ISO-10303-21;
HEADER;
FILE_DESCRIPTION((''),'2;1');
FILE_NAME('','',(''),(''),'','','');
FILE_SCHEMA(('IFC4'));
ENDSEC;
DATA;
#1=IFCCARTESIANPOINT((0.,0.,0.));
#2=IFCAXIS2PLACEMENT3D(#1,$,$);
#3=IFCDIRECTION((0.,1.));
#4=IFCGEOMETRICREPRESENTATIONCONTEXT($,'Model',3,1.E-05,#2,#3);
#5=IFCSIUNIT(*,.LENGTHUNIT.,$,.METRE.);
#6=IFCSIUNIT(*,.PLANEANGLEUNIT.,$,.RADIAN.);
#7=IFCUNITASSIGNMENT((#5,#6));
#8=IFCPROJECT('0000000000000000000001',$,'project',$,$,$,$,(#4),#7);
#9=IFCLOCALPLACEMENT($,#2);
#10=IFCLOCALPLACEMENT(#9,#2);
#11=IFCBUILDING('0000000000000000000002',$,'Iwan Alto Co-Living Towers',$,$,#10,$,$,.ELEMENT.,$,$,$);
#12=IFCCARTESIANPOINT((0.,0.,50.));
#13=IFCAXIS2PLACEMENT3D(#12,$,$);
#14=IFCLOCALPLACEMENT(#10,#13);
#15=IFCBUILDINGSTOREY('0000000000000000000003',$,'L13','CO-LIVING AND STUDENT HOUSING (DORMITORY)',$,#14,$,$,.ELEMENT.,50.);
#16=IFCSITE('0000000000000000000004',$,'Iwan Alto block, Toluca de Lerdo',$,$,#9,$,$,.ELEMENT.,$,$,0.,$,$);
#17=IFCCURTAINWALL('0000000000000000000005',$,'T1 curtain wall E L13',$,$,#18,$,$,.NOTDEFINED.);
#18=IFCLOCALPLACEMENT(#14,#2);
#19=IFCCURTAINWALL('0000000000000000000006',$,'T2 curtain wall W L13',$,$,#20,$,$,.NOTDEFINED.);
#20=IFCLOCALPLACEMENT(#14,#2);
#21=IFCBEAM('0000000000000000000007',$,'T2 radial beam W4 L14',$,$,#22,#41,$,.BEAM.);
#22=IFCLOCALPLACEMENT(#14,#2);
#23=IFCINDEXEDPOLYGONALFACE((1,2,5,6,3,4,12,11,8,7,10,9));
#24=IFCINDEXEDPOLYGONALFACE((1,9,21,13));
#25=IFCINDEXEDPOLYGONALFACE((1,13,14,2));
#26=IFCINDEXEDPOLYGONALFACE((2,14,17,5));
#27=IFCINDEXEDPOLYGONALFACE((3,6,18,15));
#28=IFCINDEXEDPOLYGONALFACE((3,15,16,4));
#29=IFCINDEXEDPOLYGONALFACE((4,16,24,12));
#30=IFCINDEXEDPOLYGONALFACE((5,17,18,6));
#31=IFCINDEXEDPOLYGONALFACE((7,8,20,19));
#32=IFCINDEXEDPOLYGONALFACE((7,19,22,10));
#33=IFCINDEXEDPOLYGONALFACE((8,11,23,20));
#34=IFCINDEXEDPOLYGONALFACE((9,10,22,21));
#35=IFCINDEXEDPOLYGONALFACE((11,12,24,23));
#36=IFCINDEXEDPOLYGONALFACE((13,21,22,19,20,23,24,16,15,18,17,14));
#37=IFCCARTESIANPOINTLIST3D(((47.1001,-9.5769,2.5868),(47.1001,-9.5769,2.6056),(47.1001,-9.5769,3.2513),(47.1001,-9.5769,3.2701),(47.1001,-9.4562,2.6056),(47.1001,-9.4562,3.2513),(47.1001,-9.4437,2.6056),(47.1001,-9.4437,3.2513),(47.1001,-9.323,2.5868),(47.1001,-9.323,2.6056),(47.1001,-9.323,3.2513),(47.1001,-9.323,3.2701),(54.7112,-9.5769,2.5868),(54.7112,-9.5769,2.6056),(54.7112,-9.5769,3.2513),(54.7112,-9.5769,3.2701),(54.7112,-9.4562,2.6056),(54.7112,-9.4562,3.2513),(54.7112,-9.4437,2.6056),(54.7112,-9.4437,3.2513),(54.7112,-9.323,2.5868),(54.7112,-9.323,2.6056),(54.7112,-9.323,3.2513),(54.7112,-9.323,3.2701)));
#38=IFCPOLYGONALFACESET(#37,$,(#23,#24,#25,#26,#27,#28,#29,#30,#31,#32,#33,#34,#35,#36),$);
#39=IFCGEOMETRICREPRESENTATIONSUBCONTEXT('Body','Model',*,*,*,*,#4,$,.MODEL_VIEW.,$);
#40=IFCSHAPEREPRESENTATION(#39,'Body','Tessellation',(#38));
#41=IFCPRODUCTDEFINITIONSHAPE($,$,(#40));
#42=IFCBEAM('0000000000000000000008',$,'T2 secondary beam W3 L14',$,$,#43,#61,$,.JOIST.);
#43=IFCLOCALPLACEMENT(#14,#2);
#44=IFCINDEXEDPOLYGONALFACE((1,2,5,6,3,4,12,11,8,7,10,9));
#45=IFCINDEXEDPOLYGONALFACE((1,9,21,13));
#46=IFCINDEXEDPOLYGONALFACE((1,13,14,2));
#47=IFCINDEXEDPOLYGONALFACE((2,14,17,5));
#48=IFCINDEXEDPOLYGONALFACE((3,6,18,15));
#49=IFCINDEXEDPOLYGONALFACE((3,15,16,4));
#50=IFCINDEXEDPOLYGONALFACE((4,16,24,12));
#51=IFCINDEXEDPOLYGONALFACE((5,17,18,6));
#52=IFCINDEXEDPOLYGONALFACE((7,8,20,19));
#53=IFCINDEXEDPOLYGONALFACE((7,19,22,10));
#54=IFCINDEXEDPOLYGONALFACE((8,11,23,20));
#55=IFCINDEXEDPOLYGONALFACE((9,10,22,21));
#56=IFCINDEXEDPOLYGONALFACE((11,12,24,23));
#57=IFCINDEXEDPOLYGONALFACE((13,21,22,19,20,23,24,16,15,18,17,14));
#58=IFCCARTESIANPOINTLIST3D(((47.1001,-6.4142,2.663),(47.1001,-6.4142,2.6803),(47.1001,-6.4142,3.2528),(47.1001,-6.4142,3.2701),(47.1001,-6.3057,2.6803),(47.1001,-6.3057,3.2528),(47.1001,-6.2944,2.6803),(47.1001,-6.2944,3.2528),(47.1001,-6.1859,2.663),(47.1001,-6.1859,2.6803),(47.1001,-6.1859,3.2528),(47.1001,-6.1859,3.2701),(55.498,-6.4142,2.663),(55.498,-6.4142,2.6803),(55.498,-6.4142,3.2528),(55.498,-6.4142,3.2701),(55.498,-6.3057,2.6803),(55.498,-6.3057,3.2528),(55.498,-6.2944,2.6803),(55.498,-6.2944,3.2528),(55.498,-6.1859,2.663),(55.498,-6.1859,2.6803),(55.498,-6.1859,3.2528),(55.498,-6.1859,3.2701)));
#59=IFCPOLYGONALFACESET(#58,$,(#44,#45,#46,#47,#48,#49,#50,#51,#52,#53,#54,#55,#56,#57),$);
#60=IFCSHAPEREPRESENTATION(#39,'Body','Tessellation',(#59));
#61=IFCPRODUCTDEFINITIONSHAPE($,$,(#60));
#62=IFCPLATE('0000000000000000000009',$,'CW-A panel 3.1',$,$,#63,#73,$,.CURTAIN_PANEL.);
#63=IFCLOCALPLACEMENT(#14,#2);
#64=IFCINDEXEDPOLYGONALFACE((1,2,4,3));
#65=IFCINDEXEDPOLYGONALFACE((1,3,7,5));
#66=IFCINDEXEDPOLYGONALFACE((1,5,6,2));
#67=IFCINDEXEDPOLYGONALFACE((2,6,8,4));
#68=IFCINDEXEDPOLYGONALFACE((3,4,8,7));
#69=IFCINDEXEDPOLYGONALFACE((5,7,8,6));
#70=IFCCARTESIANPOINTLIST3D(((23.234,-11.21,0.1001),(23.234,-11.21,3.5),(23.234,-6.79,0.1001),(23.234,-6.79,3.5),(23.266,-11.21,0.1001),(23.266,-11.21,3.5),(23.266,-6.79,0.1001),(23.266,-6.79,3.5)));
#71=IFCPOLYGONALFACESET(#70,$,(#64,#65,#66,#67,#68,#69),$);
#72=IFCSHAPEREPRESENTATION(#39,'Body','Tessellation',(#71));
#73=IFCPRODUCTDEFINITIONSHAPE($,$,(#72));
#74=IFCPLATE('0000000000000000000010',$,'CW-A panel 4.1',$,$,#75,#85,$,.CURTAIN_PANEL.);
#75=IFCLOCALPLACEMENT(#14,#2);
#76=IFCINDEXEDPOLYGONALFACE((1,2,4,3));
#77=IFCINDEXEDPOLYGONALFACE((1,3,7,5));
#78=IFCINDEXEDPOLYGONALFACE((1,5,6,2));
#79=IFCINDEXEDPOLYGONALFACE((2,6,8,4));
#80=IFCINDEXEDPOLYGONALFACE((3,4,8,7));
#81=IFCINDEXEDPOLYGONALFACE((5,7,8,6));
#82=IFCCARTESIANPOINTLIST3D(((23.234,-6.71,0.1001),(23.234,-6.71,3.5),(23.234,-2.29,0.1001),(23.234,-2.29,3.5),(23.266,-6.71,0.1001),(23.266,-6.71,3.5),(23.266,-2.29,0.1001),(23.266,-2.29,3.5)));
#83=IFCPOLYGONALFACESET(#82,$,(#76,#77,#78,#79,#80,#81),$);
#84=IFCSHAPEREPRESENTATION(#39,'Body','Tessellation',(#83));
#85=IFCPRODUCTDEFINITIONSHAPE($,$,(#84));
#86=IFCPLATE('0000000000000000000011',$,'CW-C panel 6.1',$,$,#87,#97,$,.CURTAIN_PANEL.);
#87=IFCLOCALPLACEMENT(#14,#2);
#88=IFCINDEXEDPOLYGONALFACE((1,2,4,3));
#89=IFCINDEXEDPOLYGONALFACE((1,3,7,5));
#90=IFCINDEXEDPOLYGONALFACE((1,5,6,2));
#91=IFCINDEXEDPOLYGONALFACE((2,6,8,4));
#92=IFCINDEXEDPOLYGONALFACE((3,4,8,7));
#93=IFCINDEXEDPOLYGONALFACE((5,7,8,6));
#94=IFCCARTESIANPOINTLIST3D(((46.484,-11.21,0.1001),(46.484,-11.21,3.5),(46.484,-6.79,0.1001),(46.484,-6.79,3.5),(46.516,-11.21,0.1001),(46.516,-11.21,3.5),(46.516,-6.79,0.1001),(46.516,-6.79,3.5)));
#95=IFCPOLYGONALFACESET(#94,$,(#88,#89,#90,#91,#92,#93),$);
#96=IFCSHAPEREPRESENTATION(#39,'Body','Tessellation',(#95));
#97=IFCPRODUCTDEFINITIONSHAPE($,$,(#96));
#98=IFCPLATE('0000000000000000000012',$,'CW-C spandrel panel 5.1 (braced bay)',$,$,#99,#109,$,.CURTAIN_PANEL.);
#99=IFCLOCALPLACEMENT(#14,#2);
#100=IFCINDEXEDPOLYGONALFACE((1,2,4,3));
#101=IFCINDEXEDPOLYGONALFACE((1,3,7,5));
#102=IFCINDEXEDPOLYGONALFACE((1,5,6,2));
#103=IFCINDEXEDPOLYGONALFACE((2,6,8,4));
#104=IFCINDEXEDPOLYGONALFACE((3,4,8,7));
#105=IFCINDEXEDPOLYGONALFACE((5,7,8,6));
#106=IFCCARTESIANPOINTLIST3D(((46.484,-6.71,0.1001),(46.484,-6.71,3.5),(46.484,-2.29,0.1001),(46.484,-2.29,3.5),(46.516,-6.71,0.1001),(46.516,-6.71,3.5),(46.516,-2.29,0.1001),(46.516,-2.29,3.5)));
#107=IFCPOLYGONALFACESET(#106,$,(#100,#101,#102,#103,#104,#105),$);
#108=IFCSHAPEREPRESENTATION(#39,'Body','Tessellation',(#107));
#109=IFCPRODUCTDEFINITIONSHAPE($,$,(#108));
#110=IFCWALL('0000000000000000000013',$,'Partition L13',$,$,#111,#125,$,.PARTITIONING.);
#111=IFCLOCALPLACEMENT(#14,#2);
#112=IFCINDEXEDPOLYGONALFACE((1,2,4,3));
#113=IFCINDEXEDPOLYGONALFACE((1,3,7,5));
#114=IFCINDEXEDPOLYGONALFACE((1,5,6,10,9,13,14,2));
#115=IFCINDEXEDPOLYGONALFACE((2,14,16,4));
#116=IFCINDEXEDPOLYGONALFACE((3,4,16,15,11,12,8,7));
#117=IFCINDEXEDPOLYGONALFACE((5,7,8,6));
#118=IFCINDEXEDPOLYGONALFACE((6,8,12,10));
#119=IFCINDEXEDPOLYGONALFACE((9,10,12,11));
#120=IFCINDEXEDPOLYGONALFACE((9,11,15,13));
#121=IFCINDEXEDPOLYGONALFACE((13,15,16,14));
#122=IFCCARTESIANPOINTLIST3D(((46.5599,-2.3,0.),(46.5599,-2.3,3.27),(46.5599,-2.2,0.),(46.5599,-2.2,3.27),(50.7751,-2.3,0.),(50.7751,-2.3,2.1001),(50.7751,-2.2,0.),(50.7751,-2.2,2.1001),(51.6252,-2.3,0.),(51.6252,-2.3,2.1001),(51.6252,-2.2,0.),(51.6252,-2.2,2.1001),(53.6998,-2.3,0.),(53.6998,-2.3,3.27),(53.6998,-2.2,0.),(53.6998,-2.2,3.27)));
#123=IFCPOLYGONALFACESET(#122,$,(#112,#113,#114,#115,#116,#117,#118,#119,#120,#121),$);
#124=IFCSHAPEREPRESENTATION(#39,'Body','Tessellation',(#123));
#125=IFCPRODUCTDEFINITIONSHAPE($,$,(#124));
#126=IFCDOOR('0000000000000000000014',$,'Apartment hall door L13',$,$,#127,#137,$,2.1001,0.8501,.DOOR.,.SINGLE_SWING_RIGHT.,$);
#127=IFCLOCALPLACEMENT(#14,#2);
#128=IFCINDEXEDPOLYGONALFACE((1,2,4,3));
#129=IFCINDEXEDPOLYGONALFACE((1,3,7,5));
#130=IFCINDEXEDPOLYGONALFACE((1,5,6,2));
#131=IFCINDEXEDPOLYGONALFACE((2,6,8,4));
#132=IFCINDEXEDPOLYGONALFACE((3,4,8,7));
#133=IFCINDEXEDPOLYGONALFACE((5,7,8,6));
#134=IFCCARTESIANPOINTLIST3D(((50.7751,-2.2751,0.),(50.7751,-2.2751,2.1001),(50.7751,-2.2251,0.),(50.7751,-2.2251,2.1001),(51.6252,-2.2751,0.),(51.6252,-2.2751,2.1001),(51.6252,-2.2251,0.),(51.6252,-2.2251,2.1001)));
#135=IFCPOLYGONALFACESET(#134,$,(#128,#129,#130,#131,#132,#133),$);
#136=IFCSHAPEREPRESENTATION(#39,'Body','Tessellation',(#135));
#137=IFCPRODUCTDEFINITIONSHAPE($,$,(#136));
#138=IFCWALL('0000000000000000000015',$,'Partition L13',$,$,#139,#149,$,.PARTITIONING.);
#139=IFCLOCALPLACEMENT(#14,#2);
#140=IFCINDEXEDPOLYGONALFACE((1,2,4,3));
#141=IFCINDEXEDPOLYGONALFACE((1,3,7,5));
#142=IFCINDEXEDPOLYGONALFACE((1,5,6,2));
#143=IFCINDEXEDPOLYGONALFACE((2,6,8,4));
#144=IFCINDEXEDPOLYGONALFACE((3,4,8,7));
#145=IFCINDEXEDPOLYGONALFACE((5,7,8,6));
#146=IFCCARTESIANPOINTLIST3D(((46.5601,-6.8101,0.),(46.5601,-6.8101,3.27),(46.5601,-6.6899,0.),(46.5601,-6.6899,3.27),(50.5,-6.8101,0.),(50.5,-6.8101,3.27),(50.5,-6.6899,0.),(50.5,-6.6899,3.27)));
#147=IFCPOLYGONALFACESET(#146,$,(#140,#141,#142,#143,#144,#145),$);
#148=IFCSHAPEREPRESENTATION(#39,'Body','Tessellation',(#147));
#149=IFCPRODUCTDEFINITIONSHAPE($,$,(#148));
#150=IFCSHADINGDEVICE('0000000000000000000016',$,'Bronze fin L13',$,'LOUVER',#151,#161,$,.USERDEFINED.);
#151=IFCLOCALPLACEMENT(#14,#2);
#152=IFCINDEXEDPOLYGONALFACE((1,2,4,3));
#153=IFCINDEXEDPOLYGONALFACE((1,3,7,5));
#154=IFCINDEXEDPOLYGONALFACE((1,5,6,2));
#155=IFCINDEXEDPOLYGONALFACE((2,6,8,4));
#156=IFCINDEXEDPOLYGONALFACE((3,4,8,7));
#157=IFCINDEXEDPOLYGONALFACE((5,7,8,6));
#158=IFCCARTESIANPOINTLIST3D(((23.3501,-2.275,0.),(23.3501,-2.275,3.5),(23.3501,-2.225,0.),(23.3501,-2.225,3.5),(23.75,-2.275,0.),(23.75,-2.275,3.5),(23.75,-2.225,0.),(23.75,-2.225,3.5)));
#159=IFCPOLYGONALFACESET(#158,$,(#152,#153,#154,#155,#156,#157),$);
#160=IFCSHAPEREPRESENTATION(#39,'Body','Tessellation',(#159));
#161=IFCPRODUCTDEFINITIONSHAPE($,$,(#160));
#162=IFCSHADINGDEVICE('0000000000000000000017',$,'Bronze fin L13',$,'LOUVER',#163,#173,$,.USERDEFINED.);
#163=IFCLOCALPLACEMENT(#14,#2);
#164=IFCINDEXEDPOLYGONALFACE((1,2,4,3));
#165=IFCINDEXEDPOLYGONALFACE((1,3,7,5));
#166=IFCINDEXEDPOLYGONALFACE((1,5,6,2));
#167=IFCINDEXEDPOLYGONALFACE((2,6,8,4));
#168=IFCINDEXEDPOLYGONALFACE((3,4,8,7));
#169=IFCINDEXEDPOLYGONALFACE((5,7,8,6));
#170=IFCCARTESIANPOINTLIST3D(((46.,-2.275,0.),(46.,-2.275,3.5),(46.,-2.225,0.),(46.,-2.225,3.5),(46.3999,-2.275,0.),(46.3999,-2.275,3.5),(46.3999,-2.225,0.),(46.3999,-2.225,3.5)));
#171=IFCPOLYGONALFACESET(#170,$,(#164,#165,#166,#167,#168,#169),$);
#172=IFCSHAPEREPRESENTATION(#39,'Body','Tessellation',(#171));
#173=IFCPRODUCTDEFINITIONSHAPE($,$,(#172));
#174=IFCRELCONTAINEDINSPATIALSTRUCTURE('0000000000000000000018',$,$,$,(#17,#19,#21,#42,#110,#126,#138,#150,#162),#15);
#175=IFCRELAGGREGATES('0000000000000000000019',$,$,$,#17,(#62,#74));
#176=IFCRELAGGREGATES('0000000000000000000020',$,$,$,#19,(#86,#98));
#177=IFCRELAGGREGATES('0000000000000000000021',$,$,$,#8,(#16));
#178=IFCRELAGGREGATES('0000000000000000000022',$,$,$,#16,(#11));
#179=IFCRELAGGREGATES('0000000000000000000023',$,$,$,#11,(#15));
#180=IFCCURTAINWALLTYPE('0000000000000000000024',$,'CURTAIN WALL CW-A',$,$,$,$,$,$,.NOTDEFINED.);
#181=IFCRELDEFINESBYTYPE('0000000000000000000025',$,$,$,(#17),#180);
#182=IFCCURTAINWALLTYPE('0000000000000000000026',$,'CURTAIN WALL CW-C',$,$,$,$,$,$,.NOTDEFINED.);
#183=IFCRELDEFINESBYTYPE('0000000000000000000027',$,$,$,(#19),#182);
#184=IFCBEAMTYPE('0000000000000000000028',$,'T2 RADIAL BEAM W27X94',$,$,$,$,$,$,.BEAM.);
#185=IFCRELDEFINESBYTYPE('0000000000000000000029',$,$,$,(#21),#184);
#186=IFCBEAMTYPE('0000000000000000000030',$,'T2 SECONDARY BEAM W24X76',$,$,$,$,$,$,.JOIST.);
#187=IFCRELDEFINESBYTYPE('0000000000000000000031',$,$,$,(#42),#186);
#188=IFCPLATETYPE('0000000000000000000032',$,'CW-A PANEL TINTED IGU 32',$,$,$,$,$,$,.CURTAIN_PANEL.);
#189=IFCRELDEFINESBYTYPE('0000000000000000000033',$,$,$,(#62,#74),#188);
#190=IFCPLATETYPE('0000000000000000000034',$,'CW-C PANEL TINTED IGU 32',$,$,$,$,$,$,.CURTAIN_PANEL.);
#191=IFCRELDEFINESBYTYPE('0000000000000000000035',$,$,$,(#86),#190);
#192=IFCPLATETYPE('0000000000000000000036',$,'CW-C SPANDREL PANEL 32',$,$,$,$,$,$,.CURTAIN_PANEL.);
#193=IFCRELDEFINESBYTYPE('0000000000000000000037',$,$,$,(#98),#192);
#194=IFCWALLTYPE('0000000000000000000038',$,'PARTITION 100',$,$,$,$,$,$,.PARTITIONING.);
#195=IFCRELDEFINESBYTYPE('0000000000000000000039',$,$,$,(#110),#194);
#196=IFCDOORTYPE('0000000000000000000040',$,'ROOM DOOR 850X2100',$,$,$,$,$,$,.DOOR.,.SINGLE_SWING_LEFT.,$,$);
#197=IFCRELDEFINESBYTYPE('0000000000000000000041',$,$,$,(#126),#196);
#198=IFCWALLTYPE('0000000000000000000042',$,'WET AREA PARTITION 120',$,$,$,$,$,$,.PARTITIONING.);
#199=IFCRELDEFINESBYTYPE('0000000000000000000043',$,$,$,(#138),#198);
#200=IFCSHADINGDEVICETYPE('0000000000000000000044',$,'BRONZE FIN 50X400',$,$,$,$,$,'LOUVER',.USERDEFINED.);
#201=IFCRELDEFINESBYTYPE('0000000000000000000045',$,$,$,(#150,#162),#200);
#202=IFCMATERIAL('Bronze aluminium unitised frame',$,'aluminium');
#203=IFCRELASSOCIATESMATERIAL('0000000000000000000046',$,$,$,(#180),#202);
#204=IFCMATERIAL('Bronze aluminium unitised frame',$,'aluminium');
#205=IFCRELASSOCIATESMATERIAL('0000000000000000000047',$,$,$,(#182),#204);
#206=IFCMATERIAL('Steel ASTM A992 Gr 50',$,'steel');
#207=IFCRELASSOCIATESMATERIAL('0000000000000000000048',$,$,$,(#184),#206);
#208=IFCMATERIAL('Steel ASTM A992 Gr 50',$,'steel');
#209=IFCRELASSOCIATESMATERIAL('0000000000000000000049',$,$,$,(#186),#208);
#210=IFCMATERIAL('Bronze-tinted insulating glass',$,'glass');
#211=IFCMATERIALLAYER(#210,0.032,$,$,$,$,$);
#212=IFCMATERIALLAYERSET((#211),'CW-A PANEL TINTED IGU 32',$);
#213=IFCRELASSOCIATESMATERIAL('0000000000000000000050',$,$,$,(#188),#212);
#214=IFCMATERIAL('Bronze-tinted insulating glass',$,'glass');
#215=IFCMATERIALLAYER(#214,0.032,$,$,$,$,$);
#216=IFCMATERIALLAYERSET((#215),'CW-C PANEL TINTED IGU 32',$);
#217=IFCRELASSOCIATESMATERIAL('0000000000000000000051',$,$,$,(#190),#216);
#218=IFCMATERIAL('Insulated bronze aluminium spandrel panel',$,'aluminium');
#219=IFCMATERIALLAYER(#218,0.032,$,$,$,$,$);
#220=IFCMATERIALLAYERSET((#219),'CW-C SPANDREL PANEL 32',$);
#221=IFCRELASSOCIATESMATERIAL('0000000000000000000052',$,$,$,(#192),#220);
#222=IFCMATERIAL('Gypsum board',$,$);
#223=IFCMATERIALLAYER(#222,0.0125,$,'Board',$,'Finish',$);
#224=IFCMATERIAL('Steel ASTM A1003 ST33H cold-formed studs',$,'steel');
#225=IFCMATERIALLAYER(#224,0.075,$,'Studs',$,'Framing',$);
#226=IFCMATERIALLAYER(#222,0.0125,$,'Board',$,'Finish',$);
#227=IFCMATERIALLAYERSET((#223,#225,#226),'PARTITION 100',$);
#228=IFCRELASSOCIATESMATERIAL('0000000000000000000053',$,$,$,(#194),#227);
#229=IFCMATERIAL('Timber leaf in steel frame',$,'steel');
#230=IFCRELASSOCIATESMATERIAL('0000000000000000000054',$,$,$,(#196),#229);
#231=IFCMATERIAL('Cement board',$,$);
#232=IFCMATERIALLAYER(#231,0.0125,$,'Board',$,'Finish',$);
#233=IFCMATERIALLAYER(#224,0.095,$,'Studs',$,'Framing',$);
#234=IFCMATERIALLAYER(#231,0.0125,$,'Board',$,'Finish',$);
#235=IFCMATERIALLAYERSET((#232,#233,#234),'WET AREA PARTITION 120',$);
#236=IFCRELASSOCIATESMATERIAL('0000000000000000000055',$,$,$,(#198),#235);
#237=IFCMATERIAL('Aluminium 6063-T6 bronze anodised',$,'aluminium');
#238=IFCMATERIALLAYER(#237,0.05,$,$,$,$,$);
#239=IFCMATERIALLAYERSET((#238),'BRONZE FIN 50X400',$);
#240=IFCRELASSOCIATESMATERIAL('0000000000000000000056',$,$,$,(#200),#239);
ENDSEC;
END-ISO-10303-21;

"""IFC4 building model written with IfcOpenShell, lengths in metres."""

from ifc_helpers import new_model, si_unit, direction, frame, frame_2d, origin, origin_2d, place, context, subcontext, project, spatial, rectangle, i_section, extrude, material, layer, layer_set, material_profile, profile_set, type_object, element, fill, aggregate, save


model = new_model("IFC4")

# Units and contexts
model_context = context("Model", 3, precision=1e-05, world=origin(), true_north=direction((0.0, 1.0)))
body_context = subcontext(model_context, "Body", "Model", "MODEL_VIEW")
ifc_project = project(units=[si_unit("LENGTHUNIT", "METRE"), si_unit("PLANEANGLEUNIT", "RADIAN")], contexts=[model_context])

# Site, building, storey
site_placement = place(None, origin())
site = spatial("IfcSite", under=ifc_project, at=site_placement, Name="Iwan Alto block, Toluca de Lerdo", CompositionType="ELEMENT", RefElevation=0.0)
building_placement = place(site_placement, origin())
building = spatial("IfcBuilding", under=site, at=building_placement, Name="Iwan Alto Co-Living Towers", CompositionType="ELEMENT")
storey_placement = place(building_placement, frame((0.0, 0.0, 50.0)))
storey = spatial("IfcBuildingStorey", under=building, at=storey_placement, Name="L13", Description="CO-LIVING AND STUDENT HOUSING (DORMITORY)", CompositionType="ELEMENT", Elevation=50.0)

# Curtain walls
ifc_material_1 = material(Name="Bronze aluminium unitised frame", Category="aluminium")
curtain_wall_type_1 = type_object("IfcCurtainWallType", Name="CURTAIN WALL CW-A", PredefinedType="NOTDEFINED", material=ifc_material_1)
curtain_wall_1_placement = place(storey_placement, origin())
curtain_wall_1 = element("IfcCurtainWall", 1, at=curtain_wall_1_placement, inside=storey, type_object=curtain_wall_type_1, Name="T1 curtain wall E L13", PredefinedType="NOTDEFINED")
ifc_material_2 = material(Name="Bronze aluminium unitised frame", Category="aluminium")
curtain_wall_type_2 = type_object("IfcCurtainWallType", Name="CURTAIN WALL CW-C", PredefinedType="NOTDEFINED", material=ifc_material_2)
curtain_wall_2_placement = place(storey_placement, origin())
curtain_wall_2 = element("IfcCurtainWall", 2, at=curtain_wall_2_placement, inside=storey, type_object=curtain_wall_type_2, Name="T2 curtain wall W L13", PredefinedType="NOTDEFINED")

# Beams
ifc_material_3 = material(Name="Steel ASTM A992 Gr 50", Category="steel")
ifc_material_profile_1 = material_profile(ifc_material_3, i_section(OverallWidth=0.2539, OverallDepth=0.6833, WebThickness=0.0125, FlangeThickness=0.0188, at=origin_2d()), Name="W27X94")
ifc_profile_set_1 = profile_set([ifc_material_profile_1], Name="Steel ASTM A992 Gr 50")
beam_type_1 = type_object("IfcBeamType", Name="T2 RADIAL BEAM W27X94", PredefinedType="BEAM", material=ifc_profile_set_1)
beam_1_placement = place(storey_placement, frame((47.1001, -9.45, 2.9285), z_axis=(1.0, 0.0, 0.0), x_axis=(0.0, 1.0, 0.0)))
element("IfcBeam", 3, at=beam_1_placement, inside=storey, type_object=beam_type_1, Name="T2 radial beam W4 L14", PredefinedType="BEAM", context=body_context, shape_type="SweptSolid", body=[
    extrude(i_section(OverallWidth=0.2539, OverallDepth=0.6833, WebThickness=0.0125, FlangeThickness=0.0188, at=origin_2d()), origin(), (0.0, 0.0, 1.0), 7.6111),
])
ifc_material_4 = material(Name="Steel ASTM A992 Gr 50", Category="steel")
ifc_material_profile_2 = material_profile(ifc_material_4, i_section(OverallWidth=0.2283, OverallDepth=0.6072, WebThickness=0.0112, FlangeThickness=0.0173, at=origin_2d()), Name="W24X76")
ifc_profile_set_2 = profile_set([ifc_material_profile_2], Name="Steel ASTM A992 Gr 50")
beam_type_2 = type_object("IfcBeamType", Name="T2 SECONDARY BEAM W24X76", PredefinedType="JOIST", material=ifc_profile_set_2)
beam_2_placement = place(storey_placement, frame((47.1001, -6.3, 2.9666), z_axis=(1.0, 0.0, 0.0), x_axis=(0.0, 1.0, 0.0)))
element("IfcBeam", 4, at=beam_2_placement, inside=storey, type_object=beam_type_2, Name="T2 secondary beam W3 L14", PredefinedType="JOIST", context=body_context, shape_type="SweptSolid", body=[
    extrude(i_section(OverallWidth=0.2283, OverallDepth=0.6072, WebThickness=0.0112, FlangeThickness=0.0173, at=origin_2d()), origin(), (0.0, 0.0, 1.0), 8.3979),
])

# Plates
ifc_material_5 = material(Name="Bronze-tinted insulating glass", Category="glass")
ifc_layer_1 = layer(ifc_material_5, 0.032)
ifc_layer_set_1 = layer_set([ifc_layer_1], Name="CW-A PANEL TINTED IGU 32")
plate_type_1 = type_object("IfcPlateType", Name="CW-A PANEL TINTED IGU 32", PredefinedType="CURTAIN_PANEL", material=ifc_layer_set_1)
plate_1_placement = place(storey_placement, frame((23.25, -9.0, 0.1001), z_axis=(0.0, 0.0, 1.0), x_axis=(0.0, 1.0, 0.0)))
plate_1 = element("IfcPlate", 5, at=plate_1_placement, type_object=plate_type_1, Name="CW-A panel 3.1", PredefinedType="CURTAIN_PANEL", context=body_context, shape_type="SweptSolid", body=[
    extrude(rectangle(XDim=4.4199, YDim=0.032, at=origin_2d()), origin(), (0.0, 0.0, 1.0), 3.3999),
])
plate_2_placement = place(storey_placement, frame((23.25, -4.5, 0.1001), z_axis=(0.0, 0.0, 1.0), x_axis=(0.0, 1.0, 0.0)))
plate_2 = element("IfcPlate", 6, at=plate_2_placement, type_object=plate_type_1, Name="CW-A panel 4.1", PredefinedType="CURTAIN_PANEL", context=body_context, shape_type="SweptSolid", body=[
    extrude(rectangle(XDim=4.4199, YDim=0.032, at=origin_2d()), origin(), (0.0, 0.0, 1.0), 3.3999),
])
aggregate(curtain_wall_1, [plate_1, plate_2])
ifc_material_6 = material(Name="Bronze-tinted insulating glass", Category="glass")
ifc_layer_2 = layer(ifc_material_6, 0.032)
ifc_layer_set_2 = layer_set([ifc_layer_2], Name="CW-C PANEL TINTED IGU 32")
plate_type_2 = type_object("IfcPlateType", Name="CW-C PANEL TINTED IGU 32", PredefinedType="CURTAIN_PANEL", material=ifc_layer_set_2)
plate_3_placement = place(storey_placement, frame((46.5, -9.0, 0.1001), z_axis=(0.0, 0.0, 1.0), x_axis=(0.0, -1.0, 0.0)))
plate_3 = element("IfcPlate", 7, at=plate_3_placement, type_object=plate_type_2, Name="CW-C panel 6.1", PredefinedType="CURTAIN_PANEL", context=body_context, shape_type="SweptSolid", body=[
    extrude(rectangle(XDim=4.4199, YDim=0.032, at=origin_2d()), origin(), (0.0, 0.0, 1.0), 3.3999),
])
ifc_material_7 = material(Name="Insulated bronze aluminium spandrel panel", Category="aluminium")
ifc_layer_3 = layer(ifc_material_7, 0.032)
ifc_layer_set_3 = layer_set([ifc_layer_3], Name="CW-C SPANDREL PANEL 32")
plate_type_3 = type_object("IfcPlateType", Name="CW-C SPANDREL PANEL 32", PredefinedType="CURTAIN_PANEL", material=ifc_layer_set_3)
plate_4_placement = place(storey_placement, frame((46.5, -4.5, 0.1001), z_axis=(0.0, 0.0, 1.0), x_axis=(0.0, -1.0, 0.0)))
plate_4 = element("IfcPlate", 8, at=plate_4_placement, type_object=plate_type_3, Name="CW-C spandrel panel 5.1 (braced bay)", PredefinedType="CURTAIN_PANEL", context=body_context, shape_type="SweptSolid", body=[
    extrude(rectangle(XDim=4.4199, YDim=0.032, at=origin_2d()), origin(), (0.0, 0.0, 1.0), 3.3999),
])
aggregate(curtain_wall_2, [plate_3, plate_4])

# Wall, opening, door
ifc_material_8 = material(Name="Gypsum board")
ifc_layer_4 = layer(ifc_material_8, 0.0125, Name="Board", Category="Finish")
ifc_material_9 = material(Name="Steel ASTM A1003 ST33H cold-formed studs", Category="steel")
ifc_layer_5 = layer(ifc_material_9, 0.075, Name="Studs", Category="Framing")
ifc_layer_6 = layer(ifc_material_8, 0.0125, Name="Board", Category="Finish")
ifc_layer_set_4 = layer_set([ifc_layer_4, ifc_layer_5, ifc_layer_6], Name="PARTITION 100")
wall_type_1 = type_object("IfcWallType", Name="PARTITION 100", PredefinedType="PARTITIONING", material=ifc_layer_set_4)
wall_1_placement = place(storey_placement, frame((46.5601, -2.25, 0.0), z_axis=(0.0, 0.0, 1.0), x_axis=(1.0, 0.0, 0.0)))
wall_1 = element("IfcWall", 9, at=wall_1_placement, inside=storey, type_object=wall_type_1, Name="Partition L13", PredefinedType="PARTITIONING", context=body_context, shape_type="SweptSolid", body=[
    extrude(rectangle(XDim=7.1399, YDim=0.1001, at=frame_2d((3.5698, 0.0))), origin(), (0.0, 0.0, 1.0), 3.27),
])
opening_placement = place(wall_1_placement, frame((4.2151, 0.0, 0.0)))
opening = element("IfcOpeningElement", 10, at=opening_placement, cuts=wall_1, PredefinedType="OPENING", context=body_context, shape_type="SweptSolid", body=[
    extrude(rectangle(XDim=0.8501, YDim=2.1001, at=frame_2d((0.425, 1.05))), frame((0.0, 0.0601, 0.0), z_axis=(0.0, -1.0, 0.0), x_axis=(1.0, 0.0, 0.0)), (0.0, 0.0, 1.0), 0.1201),
])
ifc_material_10 = material(Name="Timber leaf in steel frame", Category="steel")
door_type = type_object("IfcDoorType", Name="ROOM DOOR 850X2100", OperationType="SINGLE_SWING_LEFT", PredefinedType="DOOR", material=ifc_material_10)
door_placement = place(opening_placement, origin())
door = element("IfcDoor", 11, at=door_placement, inside=storey, type_object=door_type, Name="Apartment hall door L13", OperationType="SINGLE_SWING_RIGHT", OverallHeight=2.1001, OverallWidth=0.8501, PredefinedType="DOOR", context=body_context, shape_type="SweptSolid", body=[
    extrude(rectangle(XDim=0.8501, YDim=2.1001, at=frame_2d((0.425, 1.05))), frame((0.0, 0.0249, 0.0), z_axis=(0.0, -1.0, 0.0), x_axis=(1.0, 0.0, 0.0)), (0.0, 0.0, 1.0), 0.05),
])
fill(opening, door)

# Wall
ifc_material_11 = material(Name="Cement board")
ifc_layer_7 = layer(ifc_material_11, 0.0125, Name="Board", Category="Finish")
ifc_layer_8 = layer(ifc_material_9, 0.095, Name="Studs", Category="Framing")
ifc_layer_9 = layer(ifc_material_11, 0.0125, Name="Board", Category="Finish")
ifc_layer_set_5 = layer_set([ifc_layer_7, ifc_layer_8, ifc_layer_9], Name="WET AREA PARTITION 120")
wall_type_2 = type_object("IfcWallType", Name="WET AREA PARTITION 120", PredefinedType="PARTITIONING", material=ifc_layer_set_5)
wall_2_placement = place(storey_placement, frame((46.5601, -6.75, 0.0), z_axis=(0.0, 0.0, 1.0), x_axis=(1.0, 0.0, 0.0)))
element("IfcWall", 12, at=wall_2_placement, inside=storey, type_object=wall_type_2, Name="Partition L13", PredefinedType="PARTITIONING", context=body_context, shape_type="SweptSolid", body=[
    extrude(rectangle(XDim=3.9399, YDim=0.1201, at=frame_2d((1.97, 0.0))), origin(), (0.0, 0.0, 1.0), 3.27),
])

# Shading devices
ifc_material_12 = material(Name="Aluminium 6063-T6 bronze anodised", Category="aluminium")
ifc_layer_10 = layer(ifc_material_12, 0.05)
ifc_layer_set_6 = layer_set([ifc_layer_10], Name="BRONZE FIN 50X400")
shading_device_type = type_object("IfcShadingDeviceType", Name="BRONZE FIN 50X400", ElementType="LOUVER", PredefinedType="USERDEFINED", material=ifc_layer_set_6)
for number, where, z_axis, x_axis, name in (
    (13, (23.55, -2.25, 0.0), (0.0, 0.0, 1.0), (0.0, 1.0, 0.0), "Bronze fin L13"),
    (14, (46.2, -2.25, 0.0), (0.0, 0.0, 1.0), (0.0, -1.0, 0.0), "Bronze fin L13"),
):
    element("IfcShadingDevice", number, at=place(storey_placement, frame(where, z_axis=z_axis, x_axis=x_axis)), inside=storey, type_object=shading_device_type, Name=name, ObjectType="LOUVER", PredefinedType="USERDEFINED", context=body_context, shape_type="SweptSolid", body=[
        extrude(rectangle(XDim=0.05, YDim=0.3999, at=origin_2d()), origin(), (0.0, 0.0, 1.0), 3.5),
    ])

save(model, "model.ifc")
